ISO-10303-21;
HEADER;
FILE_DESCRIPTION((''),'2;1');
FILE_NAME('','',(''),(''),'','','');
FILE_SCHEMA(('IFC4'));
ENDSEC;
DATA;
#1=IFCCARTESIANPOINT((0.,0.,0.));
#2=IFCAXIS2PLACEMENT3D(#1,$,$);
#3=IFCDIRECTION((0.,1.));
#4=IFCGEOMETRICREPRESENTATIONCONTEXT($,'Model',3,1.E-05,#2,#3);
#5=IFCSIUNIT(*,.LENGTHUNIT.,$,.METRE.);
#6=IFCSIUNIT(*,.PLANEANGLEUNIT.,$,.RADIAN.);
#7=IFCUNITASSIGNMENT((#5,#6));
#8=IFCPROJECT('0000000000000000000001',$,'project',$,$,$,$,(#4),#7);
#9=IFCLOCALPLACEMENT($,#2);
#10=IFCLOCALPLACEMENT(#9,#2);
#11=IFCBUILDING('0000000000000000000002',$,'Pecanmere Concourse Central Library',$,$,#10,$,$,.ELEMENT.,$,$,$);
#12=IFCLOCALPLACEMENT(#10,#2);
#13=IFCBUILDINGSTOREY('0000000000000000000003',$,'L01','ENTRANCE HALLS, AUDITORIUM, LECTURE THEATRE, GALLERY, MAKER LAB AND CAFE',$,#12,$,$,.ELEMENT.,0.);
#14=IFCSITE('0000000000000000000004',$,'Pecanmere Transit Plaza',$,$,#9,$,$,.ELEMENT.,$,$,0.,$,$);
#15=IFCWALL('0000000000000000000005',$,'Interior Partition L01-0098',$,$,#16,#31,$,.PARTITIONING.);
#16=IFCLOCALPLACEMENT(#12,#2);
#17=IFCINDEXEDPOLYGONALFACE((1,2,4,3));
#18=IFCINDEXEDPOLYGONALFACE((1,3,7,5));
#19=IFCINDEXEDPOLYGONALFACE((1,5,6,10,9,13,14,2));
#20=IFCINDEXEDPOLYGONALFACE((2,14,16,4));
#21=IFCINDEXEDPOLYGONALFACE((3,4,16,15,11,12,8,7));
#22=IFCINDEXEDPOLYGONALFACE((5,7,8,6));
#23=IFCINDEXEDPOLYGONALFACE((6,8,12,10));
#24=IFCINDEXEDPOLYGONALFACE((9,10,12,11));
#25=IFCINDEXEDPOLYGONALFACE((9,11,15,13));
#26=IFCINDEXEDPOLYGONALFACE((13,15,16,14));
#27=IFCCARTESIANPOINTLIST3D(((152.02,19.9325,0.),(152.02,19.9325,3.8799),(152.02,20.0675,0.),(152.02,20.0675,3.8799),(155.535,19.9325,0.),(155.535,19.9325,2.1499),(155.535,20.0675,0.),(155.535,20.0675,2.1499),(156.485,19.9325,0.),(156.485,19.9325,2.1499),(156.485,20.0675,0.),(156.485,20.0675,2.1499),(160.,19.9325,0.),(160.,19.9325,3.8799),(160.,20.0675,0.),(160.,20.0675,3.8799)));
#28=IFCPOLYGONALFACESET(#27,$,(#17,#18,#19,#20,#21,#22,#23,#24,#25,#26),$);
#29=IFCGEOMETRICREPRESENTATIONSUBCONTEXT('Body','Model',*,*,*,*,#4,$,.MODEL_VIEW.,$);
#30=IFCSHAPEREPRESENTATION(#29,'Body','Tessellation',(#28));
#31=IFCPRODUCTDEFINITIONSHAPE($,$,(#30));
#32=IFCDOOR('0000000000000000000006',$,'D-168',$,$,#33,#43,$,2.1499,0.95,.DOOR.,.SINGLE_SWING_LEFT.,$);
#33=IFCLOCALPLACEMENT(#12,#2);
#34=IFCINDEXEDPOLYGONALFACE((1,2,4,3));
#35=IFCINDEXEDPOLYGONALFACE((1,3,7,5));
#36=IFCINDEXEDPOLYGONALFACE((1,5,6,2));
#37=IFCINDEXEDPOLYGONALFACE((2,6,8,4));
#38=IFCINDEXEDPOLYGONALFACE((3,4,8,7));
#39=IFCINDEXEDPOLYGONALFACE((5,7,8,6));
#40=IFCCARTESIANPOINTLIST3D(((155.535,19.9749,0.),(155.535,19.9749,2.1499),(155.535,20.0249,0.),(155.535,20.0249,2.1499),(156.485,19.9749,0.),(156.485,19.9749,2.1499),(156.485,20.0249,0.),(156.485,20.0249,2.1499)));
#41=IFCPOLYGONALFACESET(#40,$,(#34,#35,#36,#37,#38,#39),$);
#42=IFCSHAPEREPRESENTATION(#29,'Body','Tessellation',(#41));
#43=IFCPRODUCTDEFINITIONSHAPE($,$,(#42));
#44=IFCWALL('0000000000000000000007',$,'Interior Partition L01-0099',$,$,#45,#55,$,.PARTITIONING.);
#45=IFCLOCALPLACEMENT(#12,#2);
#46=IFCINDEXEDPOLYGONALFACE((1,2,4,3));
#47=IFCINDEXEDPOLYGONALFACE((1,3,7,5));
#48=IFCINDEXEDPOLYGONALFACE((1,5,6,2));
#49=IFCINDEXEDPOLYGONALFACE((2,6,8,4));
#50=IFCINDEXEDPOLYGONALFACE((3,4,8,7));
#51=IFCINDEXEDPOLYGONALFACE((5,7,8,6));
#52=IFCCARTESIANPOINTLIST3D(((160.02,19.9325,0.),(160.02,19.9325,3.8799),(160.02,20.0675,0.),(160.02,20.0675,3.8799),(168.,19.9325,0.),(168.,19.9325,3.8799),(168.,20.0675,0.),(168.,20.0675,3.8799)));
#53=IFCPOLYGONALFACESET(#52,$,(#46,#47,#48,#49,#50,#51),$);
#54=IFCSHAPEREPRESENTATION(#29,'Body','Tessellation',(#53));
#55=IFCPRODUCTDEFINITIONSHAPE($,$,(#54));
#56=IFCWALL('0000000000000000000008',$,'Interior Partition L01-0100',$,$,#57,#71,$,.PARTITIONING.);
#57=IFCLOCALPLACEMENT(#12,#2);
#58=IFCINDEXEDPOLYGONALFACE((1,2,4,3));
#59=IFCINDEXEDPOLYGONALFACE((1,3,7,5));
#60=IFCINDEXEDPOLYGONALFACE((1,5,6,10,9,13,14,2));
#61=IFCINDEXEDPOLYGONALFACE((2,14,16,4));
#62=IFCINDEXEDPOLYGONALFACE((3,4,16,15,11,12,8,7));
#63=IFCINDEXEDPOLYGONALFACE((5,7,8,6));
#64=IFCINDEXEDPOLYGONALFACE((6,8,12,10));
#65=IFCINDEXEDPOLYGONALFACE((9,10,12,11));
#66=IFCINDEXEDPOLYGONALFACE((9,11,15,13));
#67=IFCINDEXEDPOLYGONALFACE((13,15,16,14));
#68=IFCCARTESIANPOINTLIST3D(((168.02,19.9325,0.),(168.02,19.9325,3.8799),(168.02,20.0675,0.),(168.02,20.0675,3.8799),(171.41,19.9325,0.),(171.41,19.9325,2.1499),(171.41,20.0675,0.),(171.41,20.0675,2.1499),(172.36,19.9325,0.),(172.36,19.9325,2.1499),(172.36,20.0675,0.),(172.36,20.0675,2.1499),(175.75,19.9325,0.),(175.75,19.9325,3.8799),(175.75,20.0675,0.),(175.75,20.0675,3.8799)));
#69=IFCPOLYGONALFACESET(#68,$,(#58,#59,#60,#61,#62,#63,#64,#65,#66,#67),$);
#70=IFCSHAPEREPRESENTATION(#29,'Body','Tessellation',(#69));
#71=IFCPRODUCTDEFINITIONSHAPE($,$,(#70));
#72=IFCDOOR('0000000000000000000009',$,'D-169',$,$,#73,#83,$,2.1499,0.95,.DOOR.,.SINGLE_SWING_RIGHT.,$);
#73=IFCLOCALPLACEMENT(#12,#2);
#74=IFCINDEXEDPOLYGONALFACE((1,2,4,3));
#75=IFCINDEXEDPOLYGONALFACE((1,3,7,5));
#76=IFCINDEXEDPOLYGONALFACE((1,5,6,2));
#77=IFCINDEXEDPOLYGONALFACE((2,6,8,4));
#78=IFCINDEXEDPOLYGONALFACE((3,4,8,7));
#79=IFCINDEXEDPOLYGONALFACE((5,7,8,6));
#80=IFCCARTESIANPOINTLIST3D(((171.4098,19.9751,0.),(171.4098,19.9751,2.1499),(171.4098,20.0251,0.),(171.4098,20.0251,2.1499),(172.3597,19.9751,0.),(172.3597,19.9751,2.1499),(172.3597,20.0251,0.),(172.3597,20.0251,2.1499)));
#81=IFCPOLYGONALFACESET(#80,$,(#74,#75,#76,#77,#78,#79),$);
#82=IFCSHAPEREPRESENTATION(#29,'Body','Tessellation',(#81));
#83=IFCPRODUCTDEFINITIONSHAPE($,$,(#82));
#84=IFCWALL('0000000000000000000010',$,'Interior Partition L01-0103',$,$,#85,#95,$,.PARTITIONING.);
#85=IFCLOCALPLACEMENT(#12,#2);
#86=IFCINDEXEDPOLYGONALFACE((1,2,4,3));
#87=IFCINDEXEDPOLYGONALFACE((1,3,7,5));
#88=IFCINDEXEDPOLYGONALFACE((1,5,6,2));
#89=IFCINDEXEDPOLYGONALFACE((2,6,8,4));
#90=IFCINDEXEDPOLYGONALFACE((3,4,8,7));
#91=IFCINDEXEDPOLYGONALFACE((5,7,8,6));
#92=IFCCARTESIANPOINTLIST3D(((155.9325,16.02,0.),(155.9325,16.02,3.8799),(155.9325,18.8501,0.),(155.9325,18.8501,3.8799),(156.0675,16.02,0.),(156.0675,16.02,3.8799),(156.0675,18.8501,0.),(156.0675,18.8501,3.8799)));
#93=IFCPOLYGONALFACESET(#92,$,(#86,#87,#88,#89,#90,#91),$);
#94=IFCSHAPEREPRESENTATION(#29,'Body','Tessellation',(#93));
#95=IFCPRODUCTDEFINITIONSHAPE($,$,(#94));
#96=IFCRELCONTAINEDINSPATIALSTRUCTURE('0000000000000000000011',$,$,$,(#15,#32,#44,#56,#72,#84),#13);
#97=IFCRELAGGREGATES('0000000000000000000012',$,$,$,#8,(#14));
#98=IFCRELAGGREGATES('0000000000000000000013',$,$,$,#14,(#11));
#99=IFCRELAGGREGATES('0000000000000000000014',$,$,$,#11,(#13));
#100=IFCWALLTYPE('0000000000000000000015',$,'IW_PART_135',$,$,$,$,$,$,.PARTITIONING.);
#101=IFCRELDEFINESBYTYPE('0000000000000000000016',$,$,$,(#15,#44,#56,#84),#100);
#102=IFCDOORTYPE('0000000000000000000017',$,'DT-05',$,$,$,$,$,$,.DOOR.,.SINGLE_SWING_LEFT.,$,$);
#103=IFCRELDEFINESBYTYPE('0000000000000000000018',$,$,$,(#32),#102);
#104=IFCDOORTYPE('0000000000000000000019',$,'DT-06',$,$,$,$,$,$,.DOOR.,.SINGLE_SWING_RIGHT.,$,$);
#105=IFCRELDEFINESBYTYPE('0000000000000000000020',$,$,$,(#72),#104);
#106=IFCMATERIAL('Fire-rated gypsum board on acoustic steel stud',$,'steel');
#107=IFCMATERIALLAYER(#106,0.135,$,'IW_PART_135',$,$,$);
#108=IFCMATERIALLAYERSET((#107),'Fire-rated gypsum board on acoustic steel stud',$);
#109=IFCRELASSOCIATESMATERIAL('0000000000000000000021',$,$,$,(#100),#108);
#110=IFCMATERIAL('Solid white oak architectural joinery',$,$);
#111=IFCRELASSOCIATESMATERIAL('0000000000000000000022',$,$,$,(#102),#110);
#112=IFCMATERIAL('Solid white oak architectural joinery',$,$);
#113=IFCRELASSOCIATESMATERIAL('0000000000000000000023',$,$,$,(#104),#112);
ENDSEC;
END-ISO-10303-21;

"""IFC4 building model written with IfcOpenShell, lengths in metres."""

from ifc_helpers import new_model, si_unit, direction, frame, frame_2d, origin, place, context, subcontext, project, spatial, rectangle, extrude, material, layer, layer_set, type_object, element, fill, save


model = new_model("IFC4")

# Units and contexts
model_context = context("Model", 3, precision=1e-05, world=origin(), true_north=direction((0.0, 1.0)))
body_context = subcontext(model_context, "Body", "Model", "MODEL_VIEW")
ifc_project = project(units=[si_unit("LENGTHUNIT", "METRE"), si_unit("PLANEANGLEUNIT", "RADIAN")], contexts=[model_context])

# Site, building, storey
site_placement = place(None, origin())
site = spatial("IfcSite", under=ifc_project, at=site_placement, Name="Pecanmere Transit Plaza", CompositionType="ELEMENT", RefElevation=0.0)
building_placement = place(site_placement, origin())
building = spatial("IfcBuilding", under=site, at=building_placement, Name="Pecanmere Concourse Central Library", CompositionType="ELEMENT")
storey_placement = place(building_placement, origin())
storey = spatial("IfcBuildingStorey", under=building, at=storey_placement, Name="L01", Description="ENTRANCE HALLS, AUDITORIUM, LECTURE THEATRE, GALLERY, MAKER LAB AND CAFE", CompositionType="ELEMENT", Elevation=0.0)

# Wall, opening, door
ifc_material_1 = material(Name="Fire-rated gypsum board on acoustic steel stud", Category="steel")
ifc_layer_1 = layer(ifc_material_1, 0.135, Name="IW_PART_135")
ifc_layer_set_1 = layer_set([ifc_layer_1], Name="Fire-rated gypsum board on acoustic steel stud")
wall_type_1 = type_object("IfcWallType", Name="IW_PART_135", PredefinedType="PARTITIONING", material=ifc_layer_set_1)
wall_1_placement = place(storey_placement, frame((152.02, 20.0, 0.0), z_axis=(0.0, 0.0, 1.0), x_axis=(1.0, 0.0, 0.0)))
wall_1 = element("IfcWall", 1, at=wall_1_placement, inside=storey, type_object=wall_type_1, Name="Interior Partition L01-0098", PredefinedType="PARTITIONING", context=body_context, shape_type="SweptSolid", body=[
    extrude(rectangle(XDim=7.98, YDim=0.135, at=frame_2d((3.99, 0.0))), origin(), (0.0, 0.0, 1.0), 3.8799),
])
opening_1_placement = place(wall_1_placement, frame((3.5149, 0.0, 0.0)))
opening_1 = element("IfcOpeningElement", 2, at=opening_1_placement, cuts=wall_1, PredefinedType="OPENING", context=body_context, shape_type="SweptSolid", body=[
    extrude(rectangle(XDim=0.95, YDim=2.1499, at=frame_2d((0.4751, 1.075))), frame((0.0, 0.0796, 0.0), z_axis=(0.0, -1.0, 0.0), x_axis=(1.0, 0.0, 0.0)), (0.0, 0.0, 1.0), 0.1589),
])
ifc_material_2 = material(Name="Solid white oak architectural joinery")
door_type_1 = type_object("IfcDoorType", Name="DT-05", OperationType="SINGLE_SWING_LEFT", PredefinedType="DOOR", material=ifc_material_2)
door_1_placement = place(opening_1_placement, origin())
door_1 = element("IfcDoor", 3, at=door_1_placement, inside=storey, type_object=door_type_1, Name="D-168", OperationType="SINGLE_SWING_LEFT", OverallHeight=2.1499, OverallWidth=0.95, PredefinedType="DOOR", context=body_context, shape_type="SweptSolid", body=[
    extrude(rectangle(XDim=0.95, YDim=2.1499, at=frame_2d((0.4751, 1.075))), frame((0.0, 0.0249, 0.0), z_axis=(0.0, -1.0, 0.0), x_axis=(1.0, 0.0, 0.0)), (0.0, 0.0, 1.0), 0.05),
])
fill(opening_1, door_1)

# Wall
wall_2_placement = place(storey_placement, frame((160.02, 20.0, 0.0), z_axis=(0.0, 0.0, 1.0), x_axis=(1.0, 0.0, 0.0)))
element("IfcWall", 4, at=wall_2_placement, inside=storey, type_object=wall_type_1, Name="Interior Partition L01-0099", PredefinedType="PARTITIONING", context=body_context, shape_type="SweptSolid", body=[
    extrude(rectangle(XDim=7.98, YDim=0.135, at=frame_2d((3.99, 0.0))), origin(), (0.0, 0.0, 1.0), 3.8799),
])

# Wall, opening, door
wall_3_placement = place(storey_placement, frame((168.02, 20.0, 0.0), z_axis=(0.0, 0.0, 1.0), x_axis=(1.0, 0.0, 0.0)))
wall_3 = element("IfcWall", 5, at=wall_3_placement, inside=storey, type_object=wall_type_1, Name="Interior Partition L01-0100", PredefinedType="PARTITIONING", context=body_context, shape_type="SweptSolid", body=[
    extrude(rectangle(XDim=7.73, YDim=0.135, at=frame_2d((3.865, 0.0))), origin(), (0.0, 0.0, 1.0), 3.8799),
])
opening_2_placement = place(wall_3_placement, frame((3.3899, 0.0, 0.0)))
opening_2 = element("IfcOpeningElement", 6, at=opening_2_placement, cuts=wall_3, PredefinedType="OPENING", context=body_context, shape_type="SweptSolid", body=[
    extrude(rectangle(XDim=0.95, YDim=2.1499, at=frame_2d((0.4751, 1.075))), frame((0.0, 0.0796, 0.0), z_axis=(0.0, -1.0, 0.0), x_axis=(1.0, 0.0, 0.0)), (0.0, 0.0, 1.0), 0.1589),
])
ifc_material_3 = material(Name="Solid white oak architectural joinery")
door_type_2 = type_object("IfcDoorType", Name="DT-06", OperationType="SINGLE_SWING_RIGHT", PredefinedType="DOOR", material=ifc_material_3)
door_2_placement = place(opening_2_placement, frame((0.95, 0.0, 0.0), z_axis=(0.0, 0.0, 1.0), x_axis=(-1.0, 0.0, 0.0)))
door_2 = element("IfcDoor", 7, at=door_2_placement, inside=storey, type_object=door_type_2, Name="D-169", OperationType="SINGLE_SWING_RIGHT", OverallHeight=2.1499, OverallWidth=0.95, PredefinedType="DOOR", context=body_context, shape_type="SweptSolid", body=[
    extrude(rectangle(XDim=0.95, YDim=2.1499, at=frame_2d((0.4751, 1.075))), frame((0.0, 0.0249, 0.0), z_axis=(0.0, -1.0, 0.0), x_axis=(1.0, 0.0, 0.0)), (0.0, 0.0, 1.0), 0.05),
])
fill(opening_2, door_2)

# Wall
wall_4_placement = place(storey_placement, frame((156.0, 16.02, 0.0), z_axis=(0.0, 0.0, 1.0), x_axis=(0.0, 1.0, 0.0)))
element("IfcWall", 8, at=wall_4_placement, inside=storey, type_object=wall_type_1, Name="Interior Partition L01-0103", PredefinedType="PARTITIONING", context=body_context, shape_type="SweptSolid", body=[
    extrude(rectangle(XDim=2.8301, YDim=0.135, at=frame_2d((1.415, 0.0))), origin(), (0.0, 0.0, 1.0), 3.8799),
])

save(model, "model.ifc")
